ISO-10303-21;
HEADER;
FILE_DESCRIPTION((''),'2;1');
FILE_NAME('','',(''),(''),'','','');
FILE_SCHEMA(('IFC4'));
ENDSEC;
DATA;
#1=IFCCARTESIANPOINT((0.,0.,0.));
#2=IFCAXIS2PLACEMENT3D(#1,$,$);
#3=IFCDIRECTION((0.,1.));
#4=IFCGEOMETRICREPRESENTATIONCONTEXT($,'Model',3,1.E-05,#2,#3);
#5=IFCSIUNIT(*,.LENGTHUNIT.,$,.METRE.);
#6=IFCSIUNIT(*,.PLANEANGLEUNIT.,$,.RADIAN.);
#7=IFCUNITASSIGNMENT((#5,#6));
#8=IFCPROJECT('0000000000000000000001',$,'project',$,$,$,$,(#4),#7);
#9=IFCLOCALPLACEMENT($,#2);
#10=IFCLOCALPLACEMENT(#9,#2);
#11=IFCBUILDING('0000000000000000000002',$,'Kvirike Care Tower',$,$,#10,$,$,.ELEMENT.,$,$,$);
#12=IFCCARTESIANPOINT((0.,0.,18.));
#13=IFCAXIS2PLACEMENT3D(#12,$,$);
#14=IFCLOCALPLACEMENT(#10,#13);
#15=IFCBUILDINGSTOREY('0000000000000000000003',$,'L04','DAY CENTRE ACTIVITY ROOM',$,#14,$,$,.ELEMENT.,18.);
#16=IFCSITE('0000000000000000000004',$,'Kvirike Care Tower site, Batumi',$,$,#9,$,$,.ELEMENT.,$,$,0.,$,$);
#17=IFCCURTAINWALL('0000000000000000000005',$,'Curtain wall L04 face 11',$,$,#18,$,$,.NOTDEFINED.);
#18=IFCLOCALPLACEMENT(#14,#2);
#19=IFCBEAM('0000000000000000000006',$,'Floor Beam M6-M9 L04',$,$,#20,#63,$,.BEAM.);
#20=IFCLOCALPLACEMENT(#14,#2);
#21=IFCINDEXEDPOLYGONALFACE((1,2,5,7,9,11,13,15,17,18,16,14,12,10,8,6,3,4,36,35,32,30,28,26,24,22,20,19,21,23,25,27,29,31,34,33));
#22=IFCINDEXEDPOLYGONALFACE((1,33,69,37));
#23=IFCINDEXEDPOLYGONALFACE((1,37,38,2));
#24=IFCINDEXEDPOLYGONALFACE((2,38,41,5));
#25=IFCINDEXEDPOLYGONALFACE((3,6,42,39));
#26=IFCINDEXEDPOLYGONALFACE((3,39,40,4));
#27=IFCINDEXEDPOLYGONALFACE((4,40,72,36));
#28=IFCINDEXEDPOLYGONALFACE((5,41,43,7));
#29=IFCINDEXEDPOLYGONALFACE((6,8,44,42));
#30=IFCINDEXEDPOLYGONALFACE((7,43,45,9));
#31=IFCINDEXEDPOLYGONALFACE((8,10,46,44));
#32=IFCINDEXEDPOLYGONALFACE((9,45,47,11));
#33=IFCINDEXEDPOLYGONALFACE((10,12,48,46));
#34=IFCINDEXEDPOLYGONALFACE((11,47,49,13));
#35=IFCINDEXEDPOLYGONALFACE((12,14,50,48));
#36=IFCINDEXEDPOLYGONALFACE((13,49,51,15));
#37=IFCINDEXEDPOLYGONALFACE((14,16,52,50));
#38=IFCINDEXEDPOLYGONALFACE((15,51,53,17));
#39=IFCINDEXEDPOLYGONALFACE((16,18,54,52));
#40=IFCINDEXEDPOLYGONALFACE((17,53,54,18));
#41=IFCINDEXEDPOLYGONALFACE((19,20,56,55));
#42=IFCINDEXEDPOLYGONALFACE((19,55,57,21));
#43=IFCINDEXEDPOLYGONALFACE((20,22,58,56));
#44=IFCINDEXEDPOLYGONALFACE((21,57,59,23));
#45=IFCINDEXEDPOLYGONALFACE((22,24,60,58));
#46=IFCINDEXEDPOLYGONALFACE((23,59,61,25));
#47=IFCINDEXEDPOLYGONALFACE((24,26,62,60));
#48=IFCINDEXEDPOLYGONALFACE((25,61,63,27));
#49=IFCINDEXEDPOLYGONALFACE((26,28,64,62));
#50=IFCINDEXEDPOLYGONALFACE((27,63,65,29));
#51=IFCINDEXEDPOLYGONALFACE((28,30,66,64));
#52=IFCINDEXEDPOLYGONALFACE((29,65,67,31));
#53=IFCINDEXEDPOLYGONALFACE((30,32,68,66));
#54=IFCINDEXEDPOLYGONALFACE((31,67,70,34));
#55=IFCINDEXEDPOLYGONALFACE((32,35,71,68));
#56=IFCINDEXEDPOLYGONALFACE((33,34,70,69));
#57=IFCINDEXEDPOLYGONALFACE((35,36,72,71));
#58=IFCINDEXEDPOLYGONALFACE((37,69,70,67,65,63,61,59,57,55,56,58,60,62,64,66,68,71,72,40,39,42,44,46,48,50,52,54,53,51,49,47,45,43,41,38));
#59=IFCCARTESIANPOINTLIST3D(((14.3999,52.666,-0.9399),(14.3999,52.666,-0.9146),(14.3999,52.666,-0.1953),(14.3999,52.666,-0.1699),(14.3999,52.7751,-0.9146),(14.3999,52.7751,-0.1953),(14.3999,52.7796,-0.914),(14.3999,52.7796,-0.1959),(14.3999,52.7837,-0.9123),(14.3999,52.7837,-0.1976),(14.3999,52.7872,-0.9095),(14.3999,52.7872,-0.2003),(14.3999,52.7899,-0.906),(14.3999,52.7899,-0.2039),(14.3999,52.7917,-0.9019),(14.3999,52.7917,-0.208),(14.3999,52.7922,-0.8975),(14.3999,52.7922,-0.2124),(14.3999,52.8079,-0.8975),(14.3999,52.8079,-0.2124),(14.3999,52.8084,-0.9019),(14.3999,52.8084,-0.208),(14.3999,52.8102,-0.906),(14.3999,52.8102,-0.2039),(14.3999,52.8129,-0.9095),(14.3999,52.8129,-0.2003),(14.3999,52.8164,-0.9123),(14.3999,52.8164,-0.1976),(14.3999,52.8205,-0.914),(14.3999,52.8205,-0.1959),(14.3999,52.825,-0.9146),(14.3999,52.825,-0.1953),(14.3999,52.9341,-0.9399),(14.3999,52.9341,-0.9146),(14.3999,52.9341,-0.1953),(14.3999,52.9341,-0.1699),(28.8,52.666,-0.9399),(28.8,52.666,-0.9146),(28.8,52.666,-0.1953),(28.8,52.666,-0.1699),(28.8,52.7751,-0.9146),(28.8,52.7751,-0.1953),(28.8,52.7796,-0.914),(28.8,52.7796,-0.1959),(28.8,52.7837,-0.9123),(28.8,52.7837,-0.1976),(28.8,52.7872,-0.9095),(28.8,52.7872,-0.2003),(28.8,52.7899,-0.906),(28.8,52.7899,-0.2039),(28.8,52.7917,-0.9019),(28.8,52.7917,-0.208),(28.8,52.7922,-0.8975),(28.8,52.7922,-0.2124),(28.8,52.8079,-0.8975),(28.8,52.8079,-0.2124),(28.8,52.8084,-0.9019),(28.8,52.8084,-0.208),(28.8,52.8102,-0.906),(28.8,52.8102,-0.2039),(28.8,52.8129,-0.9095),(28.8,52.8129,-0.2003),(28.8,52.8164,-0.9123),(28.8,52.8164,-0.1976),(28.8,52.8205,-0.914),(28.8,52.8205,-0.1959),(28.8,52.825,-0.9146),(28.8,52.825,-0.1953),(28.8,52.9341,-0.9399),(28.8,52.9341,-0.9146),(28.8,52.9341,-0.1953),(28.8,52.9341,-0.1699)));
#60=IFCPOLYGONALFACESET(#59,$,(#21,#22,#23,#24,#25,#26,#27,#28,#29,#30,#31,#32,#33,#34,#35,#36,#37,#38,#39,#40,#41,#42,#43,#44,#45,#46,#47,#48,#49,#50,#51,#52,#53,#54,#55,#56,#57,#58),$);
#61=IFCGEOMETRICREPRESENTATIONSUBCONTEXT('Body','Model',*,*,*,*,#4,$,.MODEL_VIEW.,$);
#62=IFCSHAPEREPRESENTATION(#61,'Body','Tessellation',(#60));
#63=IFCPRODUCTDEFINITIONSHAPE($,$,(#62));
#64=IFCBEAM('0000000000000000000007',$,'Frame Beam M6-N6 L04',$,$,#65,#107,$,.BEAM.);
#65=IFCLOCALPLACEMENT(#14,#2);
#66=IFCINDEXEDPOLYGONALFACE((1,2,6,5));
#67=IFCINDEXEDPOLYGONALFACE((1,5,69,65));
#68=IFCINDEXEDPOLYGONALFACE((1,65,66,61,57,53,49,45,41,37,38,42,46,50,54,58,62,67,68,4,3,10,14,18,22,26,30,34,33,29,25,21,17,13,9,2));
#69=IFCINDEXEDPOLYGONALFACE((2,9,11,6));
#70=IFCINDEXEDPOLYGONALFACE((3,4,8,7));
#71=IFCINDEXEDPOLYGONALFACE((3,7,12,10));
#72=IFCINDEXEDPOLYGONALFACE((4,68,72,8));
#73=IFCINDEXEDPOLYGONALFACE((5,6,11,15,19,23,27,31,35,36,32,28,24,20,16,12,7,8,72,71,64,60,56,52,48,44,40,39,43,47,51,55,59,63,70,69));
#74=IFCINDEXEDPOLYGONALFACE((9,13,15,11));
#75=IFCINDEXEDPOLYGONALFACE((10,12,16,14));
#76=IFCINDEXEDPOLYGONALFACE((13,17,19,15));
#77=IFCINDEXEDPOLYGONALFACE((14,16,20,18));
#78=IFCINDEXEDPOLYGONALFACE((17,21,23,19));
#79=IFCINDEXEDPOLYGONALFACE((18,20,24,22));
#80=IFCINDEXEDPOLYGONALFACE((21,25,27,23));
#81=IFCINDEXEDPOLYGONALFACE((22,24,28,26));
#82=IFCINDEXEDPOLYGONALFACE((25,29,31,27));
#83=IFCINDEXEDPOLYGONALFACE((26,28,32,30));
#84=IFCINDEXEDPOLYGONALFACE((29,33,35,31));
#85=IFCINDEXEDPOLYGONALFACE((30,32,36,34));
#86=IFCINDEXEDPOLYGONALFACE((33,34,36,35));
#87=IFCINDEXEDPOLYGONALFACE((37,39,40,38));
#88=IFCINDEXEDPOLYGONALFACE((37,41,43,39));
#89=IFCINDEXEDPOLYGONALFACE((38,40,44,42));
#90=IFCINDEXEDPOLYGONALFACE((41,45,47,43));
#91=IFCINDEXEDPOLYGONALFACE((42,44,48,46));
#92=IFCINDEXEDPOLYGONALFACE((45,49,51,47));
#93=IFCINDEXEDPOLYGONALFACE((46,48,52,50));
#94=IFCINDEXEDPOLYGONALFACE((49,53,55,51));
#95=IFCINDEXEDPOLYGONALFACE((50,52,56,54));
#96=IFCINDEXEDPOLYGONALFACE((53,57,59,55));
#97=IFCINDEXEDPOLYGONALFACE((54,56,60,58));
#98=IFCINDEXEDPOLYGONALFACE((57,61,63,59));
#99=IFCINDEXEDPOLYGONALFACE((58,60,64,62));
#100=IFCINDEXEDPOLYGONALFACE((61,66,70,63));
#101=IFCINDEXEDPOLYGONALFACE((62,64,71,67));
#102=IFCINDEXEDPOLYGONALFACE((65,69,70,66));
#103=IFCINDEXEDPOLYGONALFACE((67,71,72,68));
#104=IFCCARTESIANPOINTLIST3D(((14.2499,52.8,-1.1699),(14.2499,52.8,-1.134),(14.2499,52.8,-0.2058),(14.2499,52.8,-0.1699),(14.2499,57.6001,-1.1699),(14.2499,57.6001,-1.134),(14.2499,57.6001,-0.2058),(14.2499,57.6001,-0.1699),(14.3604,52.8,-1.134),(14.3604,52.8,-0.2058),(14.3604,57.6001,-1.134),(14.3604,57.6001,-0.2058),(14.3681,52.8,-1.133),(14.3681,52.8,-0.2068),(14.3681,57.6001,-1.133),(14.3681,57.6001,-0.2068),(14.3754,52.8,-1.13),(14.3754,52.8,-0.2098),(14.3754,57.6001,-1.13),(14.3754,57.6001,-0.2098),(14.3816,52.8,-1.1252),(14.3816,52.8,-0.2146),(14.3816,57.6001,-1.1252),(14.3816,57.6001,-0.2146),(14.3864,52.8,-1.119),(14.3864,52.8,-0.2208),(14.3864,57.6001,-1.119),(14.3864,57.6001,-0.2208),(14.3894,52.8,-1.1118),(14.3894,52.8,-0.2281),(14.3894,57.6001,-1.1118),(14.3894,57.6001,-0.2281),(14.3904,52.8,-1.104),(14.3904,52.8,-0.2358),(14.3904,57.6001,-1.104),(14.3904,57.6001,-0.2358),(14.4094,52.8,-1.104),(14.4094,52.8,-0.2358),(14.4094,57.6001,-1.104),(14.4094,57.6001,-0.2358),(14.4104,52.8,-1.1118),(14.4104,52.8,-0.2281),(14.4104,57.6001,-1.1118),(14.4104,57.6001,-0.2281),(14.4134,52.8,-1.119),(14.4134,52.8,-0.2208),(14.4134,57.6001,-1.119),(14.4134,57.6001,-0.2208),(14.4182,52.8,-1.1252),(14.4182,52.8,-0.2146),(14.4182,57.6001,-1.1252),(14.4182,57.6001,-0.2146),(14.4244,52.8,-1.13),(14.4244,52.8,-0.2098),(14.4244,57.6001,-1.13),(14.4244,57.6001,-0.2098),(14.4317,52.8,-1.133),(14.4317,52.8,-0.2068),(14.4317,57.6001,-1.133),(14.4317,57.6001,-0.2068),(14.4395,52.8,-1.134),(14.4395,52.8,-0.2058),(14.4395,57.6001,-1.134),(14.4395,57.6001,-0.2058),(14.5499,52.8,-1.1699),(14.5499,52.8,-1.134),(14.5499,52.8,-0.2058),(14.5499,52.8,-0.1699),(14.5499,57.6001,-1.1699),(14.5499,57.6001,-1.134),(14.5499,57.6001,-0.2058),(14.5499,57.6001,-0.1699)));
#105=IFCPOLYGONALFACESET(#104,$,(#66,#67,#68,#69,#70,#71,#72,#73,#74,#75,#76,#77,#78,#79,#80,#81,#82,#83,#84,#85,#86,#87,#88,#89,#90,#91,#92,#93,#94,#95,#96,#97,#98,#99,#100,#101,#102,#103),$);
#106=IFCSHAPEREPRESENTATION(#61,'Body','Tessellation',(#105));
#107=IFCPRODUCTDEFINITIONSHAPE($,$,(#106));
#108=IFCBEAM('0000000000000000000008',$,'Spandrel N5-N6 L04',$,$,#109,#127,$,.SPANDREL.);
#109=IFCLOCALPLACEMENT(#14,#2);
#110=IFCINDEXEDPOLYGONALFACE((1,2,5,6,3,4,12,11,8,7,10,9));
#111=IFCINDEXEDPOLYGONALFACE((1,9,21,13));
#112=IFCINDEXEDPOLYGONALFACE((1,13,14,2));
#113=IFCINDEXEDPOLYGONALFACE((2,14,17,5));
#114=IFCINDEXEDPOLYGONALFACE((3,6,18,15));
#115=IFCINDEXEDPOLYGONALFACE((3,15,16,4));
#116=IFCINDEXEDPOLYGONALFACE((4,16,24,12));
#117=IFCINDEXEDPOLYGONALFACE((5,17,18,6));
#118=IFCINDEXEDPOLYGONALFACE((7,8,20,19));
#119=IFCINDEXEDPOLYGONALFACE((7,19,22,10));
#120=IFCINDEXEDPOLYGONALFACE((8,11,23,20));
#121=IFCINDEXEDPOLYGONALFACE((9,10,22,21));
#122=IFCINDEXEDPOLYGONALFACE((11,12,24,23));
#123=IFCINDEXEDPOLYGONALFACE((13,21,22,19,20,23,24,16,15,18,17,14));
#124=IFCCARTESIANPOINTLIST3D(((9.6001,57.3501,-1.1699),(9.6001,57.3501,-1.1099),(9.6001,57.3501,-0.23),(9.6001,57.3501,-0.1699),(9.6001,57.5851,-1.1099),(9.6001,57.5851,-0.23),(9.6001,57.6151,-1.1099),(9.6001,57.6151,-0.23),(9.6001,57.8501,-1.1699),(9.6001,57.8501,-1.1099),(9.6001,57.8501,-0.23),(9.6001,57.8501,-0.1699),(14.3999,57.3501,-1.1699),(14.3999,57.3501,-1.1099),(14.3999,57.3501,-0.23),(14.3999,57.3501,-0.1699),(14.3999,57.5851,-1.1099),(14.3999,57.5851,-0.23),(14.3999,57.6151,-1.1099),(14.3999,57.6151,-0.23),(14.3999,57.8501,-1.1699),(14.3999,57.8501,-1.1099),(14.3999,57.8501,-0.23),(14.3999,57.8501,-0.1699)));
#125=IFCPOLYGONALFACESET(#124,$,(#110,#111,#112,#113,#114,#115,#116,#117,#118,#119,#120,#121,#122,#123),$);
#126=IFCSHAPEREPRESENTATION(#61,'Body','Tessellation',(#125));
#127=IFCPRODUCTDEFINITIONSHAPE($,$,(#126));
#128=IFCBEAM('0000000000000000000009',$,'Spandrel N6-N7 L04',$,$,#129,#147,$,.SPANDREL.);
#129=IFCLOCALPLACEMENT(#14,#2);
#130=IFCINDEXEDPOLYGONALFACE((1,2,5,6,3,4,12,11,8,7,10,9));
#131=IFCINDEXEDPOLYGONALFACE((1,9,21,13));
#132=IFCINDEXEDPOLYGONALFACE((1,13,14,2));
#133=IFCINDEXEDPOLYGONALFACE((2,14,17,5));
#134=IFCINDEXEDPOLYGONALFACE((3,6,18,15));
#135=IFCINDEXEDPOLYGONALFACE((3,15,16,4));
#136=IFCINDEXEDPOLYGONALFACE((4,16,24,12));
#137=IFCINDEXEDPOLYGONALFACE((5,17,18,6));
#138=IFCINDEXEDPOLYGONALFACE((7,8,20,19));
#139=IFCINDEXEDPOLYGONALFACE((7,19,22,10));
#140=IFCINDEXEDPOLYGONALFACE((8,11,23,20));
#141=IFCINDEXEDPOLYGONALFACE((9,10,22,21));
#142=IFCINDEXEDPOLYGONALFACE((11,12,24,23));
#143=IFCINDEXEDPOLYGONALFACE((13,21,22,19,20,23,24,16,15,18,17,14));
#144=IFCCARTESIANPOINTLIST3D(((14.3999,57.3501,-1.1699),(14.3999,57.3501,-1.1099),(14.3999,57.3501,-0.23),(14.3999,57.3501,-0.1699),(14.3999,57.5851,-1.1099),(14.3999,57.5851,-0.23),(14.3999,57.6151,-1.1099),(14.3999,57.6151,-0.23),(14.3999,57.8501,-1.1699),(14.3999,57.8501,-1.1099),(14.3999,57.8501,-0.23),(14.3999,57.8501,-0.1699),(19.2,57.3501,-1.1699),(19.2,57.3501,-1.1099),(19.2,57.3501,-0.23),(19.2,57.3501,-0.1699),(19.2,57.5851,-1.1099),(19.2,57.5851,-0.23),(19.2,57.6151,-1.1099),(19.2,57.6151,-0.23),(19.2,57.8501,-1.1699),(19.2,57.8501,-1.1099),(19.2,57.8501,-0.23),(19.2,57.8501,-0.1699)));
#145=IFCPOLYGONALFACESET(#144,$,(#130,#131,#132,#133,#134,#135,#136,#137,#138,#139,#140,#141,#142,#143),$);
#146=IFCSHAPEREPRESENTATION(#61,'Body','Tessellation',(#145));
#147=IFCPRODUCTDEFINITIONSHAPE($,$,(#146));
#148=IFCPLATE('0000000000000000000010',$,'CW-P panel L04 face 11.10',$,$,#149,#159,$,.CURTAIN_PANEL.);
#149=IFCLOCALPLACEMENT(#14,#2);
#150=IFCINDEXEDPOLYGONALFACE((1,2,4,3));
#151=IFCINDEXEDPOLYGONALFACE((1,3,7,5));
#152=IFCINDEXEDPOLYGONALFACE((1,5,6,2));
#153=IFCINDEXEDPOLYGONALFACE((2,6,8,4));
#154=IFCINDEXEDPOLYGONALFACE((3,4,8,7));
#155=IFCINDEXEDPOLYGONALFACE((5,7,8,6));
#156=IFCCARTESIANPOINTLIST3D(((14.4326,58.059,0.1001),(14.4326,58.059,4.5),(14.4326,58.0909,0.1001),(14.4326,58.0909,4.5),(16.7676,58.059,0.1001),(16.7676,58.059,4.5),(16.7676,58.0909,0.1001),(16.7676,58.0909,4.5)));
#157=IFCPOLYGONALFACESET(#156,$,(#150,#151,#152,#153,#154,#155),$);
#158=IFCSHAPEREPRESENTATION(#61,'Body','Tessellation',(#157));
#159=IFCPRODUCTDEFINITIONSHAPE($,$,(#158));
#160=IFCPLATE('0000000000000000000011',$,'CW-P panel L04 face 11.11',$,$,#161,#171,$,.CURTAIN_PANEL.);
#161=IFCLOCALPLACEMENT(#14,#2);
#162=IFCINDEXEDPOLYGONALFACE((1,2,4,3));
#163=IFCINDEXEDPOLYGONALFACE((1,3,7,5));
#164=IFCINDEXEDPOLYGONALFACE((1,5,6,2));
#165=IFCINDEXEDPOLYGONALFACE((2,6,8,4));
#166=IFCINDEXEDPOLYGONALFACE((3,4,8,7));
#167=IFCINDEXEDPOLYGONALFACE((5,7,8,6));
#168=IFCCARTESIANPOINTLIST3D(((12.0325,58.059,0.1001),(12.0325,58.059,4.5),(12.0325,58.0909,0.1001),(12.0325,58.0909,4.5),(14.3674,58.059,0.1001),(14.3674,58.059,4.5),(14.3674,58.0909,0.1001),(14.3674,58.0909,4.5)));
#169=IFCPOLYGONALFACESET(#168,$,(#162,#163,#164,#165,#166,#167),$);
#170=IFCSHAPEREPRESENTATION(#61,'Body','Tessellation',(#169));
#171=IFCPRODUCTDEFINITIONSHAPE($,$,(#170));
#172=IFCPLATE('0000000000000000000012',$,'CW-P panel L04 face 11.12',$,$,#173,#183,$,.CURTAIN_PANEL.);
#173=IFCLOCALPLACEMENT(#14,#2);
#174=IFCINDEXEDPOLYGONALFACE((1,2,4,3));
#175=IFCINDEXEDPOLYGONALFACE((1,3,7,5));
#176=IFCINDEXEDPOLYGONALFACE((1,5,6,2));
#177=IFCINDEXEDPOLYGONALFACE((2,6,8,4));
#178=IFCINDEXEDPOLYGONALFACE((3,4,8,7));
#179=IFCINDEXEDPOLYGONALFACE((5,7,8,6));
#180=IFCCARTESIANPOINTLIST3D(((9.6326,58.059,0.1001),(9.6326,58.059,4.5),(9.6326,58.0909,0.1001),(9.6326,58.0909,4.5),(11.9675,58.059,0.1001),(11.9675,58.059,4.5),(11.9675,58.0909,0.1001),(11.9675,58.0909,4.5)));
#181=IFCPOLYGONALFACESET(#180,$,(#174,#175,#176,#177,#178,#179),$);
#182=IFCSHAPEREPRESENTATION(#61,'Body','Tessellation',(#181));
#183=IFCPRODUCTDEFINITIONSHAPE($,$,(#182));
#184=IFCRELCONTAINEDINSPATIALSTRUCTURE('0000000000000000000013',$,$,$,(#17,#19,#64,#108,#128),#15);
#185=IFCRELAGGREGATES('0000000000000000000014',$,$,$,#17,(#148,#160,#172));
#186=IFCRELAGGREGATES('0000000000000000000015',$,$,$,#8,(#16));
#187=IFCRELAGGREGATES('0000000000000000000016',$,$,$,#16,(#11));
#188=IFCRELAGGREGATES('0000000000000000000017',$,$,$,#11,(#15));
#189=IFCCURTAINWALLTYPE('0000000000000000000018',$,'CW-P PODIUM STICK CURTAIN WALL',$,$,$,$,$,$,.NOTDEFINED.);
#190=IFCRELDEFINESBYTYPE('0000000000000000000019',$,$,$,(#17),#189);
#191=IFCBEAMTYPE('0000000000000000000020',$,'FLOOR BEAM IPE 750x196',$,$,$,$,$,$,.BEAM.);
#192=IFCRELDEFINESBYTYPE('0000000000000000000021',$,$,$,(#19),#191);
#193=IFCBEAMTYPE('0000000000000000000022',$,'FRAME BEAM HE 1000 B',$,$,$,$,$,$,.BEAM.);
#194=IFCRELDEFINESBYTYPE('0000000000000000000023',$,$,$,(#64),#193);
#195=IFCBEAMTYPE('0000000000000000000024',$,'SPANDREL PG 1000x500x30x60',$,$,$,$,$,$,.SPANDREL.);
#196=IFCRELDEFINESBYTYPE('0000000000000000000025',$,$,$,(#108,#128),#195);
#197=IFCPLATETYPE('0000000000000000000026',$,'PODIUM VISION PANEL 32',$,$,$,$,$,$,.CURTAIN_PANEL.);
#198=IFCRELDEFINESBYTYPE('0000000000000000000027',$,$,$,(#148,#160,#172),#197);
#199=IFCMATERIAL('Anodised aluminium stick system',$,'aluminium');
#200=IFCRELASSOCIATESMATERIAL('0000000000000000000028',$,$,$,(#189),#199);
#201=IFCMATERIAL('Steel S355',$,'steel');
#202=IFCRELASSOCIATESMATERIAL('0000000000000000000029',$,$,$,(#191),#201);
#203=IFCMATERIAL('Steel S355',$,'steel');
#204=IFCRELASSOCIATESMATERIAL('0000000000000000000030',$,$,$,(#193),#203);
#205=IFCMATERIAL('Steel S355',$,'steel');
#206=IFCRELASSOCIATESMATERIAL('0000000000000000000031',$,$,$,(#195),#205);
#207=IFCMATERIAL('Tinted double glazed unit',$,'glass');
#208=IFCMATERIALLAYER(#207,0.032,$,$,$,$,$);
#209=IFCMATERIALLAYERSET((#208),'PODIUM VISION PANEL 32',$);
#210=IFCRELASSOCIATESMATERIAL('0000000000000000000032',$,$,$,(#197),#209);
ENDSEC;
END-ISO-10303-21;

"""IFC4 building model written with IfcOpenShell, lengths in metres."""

from ifc_helpers import new_model, si_unit, direction, frame, origin, origin_2d, place, context, subcontext, project, spatial, rectangle, i_section, extrude, material, layer, layer_set, material_profile, profile_set, type_object, element, aggregate, save


model = new_model("IFC4")

# Units and contexts
model_context = context("Model", 3, precision=1e-05, world=origin(), true_north=direction((0.0, 1.0)))
body_context = subcontext(model_context, "Body", "Model", "MODEL_VIEW")
ifc_project = project(units=[si_unit("LENGTHUNIT", "METRE"), si_unit("PLANEANGLEUNIT", "RADIAN")], contexts=[model_context])

# Site, building, storey
site_placement = place(None, origin())
site = spatial("IfcSite", under=ifc_project, at=site_placement, Name="Kvirike Care Tower site, Batumi", CompositionType="ELEMENT", RefElevation=0.0)
building_placement = place(site_placement, origin())
building = spatial("IfcBuilding", under=site, at=building_placement, Name="Kvirike Care Tower", CompositionType="ELEMENT")
storey_placement = place(building_placement, frame((0.0, 0.0, 18.0)))
storey = spatial("IfcBuildingStorey", under=building, at=storey_placement, Name="L04", Description="DAY CENTRE ACTIVITY ROOM", CompositionType="ELEMENT", Elevation=18.0)

# Curtain wall
ifc_material_1 = material(Name="Anodised aluminium stick system", Category="aluminium")
curtain_wall_type = type_object("IfcCurtainWallType", Name="CW-P PODIUM STICK CURTAIN WALL", PredefinedType="NOTDEFINED", material=ifc_material_1)
curtain_wall_placement = place(storey_placement, origin())
curtain_wall = element("IfcCurtainWall", 1, at=curtain_wall_placement, inside=storey, type_object=curtain_wall_type, Name="Curtain wall L04 face 11", PredefinedType="NOTDEFINED")

# Beams
ifc_material_2 = material(Name="Steel S355", Category="steel")
ifc_material_profile_1 = material_profile(ifc_material_2, i_section(OverallWidth=0.2681, OverallDepth=0.77, WebThickness=0.0156, FlangeThickness=0.0254, FilletRadius=0.0171, at=origin_2d()), Name="IPE 750x196")
ifc_profile_set_1 = profile_set([ifc_material_profile_1], Name="Steel S355")
beam_type_1 = type_object("IfcBeamType", Name="FLOOR BEAM IPE 750x196", PredefinedType="BEAM", material=ifc_profile_set_1)
beam_1_placement = place(storey_placement, frame((14.3999, 52.8, -0.5549), z_axis=(1.0, 0.0, 0.0), x_axis=(0.0, 1.0, 0.0)))
element("IfcBeam", 2, at=beam_1_placement, inside=storey, type_object=beam_type_1, Name="Floor Beam M6-M9 L04", PredefinedType="BEAM", context=body_context, shape_type="SweptSolid", body=[
    extrude(i_section(OverallWidth=0.2681, OverallDepth=0.77, WebThickness=0.0156, FlangeThickness=0.0254, FilletRadius=0.0171, at=origin_2d()), origin(), (0.0, 0.0, 1.0), 14.4001),
])
ifc_material_3 = material(Name="Steel S355", Category="steel")
ifc_material_profile_2 = material_profile(ifc_material_3, i_section(OverallWidth=0.3, OverallDepth=1.0, WebThickness=0.019, FlangeThickness=0.0359, FilletRadius=0.03, at=origin_2d()), Name="HE 1000 B")
ifc_profile_set_2 = profile_set([ifc_material_profile_2], Name="Steel S355")
beam_type_2 = type_object("IfcBeamType", Name="FRAME BEAM HE 1000 B", PredefinedType="BEAM", material=ifc_profile_set_2)
beam_2_placement = place(storey_placement, frame((14.3999, 52.8, -0.6699), z_axis=(0.0, 1.0, 0.0), x_axis=(-1.0, 0.0, 0.0)))
element("IfcBeam", 3, at=beam_2_placement, inside=storey, type_object=beam_type_2, Name="Frame Beam M6-N6 L04", PredefinedType="BEAM", context=body_context, shape_type="SweptSolid", body=[
    extrude(i_section(OverallWidth=0.3, OverallDepth=1.0, WebThickness=0.019, FlangeThickness=0.0359, FilletRadius=0.03, at=origin_2d()), origin(), (0.0, 0.0, 1.0), 4.8),
])
ifc_material_4 = material(Name="Steel S355", Category="steel")
ifc_material_profile_3 = material_profile(ifc_material_4, i_section(OverallWidth=0.5, OverallDepth=1.0, WebThickness=0.03, FlangeThickness=0.0601, at=origin_2d()), Name="PG 1000x500x30x60")
ifc_profile_set_3 = profile_set([ifc_material_profile_3], Name="Steel S355")
beam_type_3 = type_object("IfcBeamType", Name="SPANDREL PG 1000x500x30x60", PredefinedType="SPANDREL", material=ifc_profile_set_3)
beam_3_placement = place(storey_placement, frame((9.6001, 57.6001, -0.6699), z_axis=(1.0, 0.0, 0.0), x_axis=(0.0, 1.0, 0.0)))
element("IfcBeam", 4, at=beam_3_placement, inside=storey, type_object=beam_type_3, Name="Spandrel N5-N6 L04", PredefinedType="SPANDREL", context=body_context, shape_type="SweptSolid", body=[
    extrude(i_section(OverallWidth=0.5, OverallDepth=1.0, WebThickness=0.03, FlangeThickness=0.0601, at=origin_2d()), origin(), (0.0, 0.0, 1.0), 4.7998),
])
beam_4_placement = place(storey_placement, frame((14.3999, 57.6001, -0.6699), z_axis=(1.0, 0.0, 0.0), x_axis=(0.0, 1.0, 0.0)))
element("IfcBeam", 5, at=beam_4_placement, inside=storey, type_object=beam_type_3, Name="Spandrel N6-N7 L04", PredefinedType="SPANDREL", context=body_context, shape_type="SweptSolid", body=[
    extrude(i_section(OverallWidth=0.5, OverallDepth=1.0, WebThickness=0.03, FlangeThickness=0.0601, at=origin_2d()), origin(), (0.0, 0.0, 1.0), 4.8),
])

# Plates
ifc_material_5 = material(Name="Tinted double glazed unit", Category="glass")
ifc_layer_1 = layer(ifc_material_5, 0.032)
ifc_layer_set_1 = layer_set([ifc_layer_1], Name="PODIUM VISION PANEL 32")
plate_type = type_object("IfcPlateType", Name="PODIUM VISION PANEL 32", PredefinedType="CURTAIN_PANEL", material=ifc_layer_set_1)
plate_1_placement = place(storey_placement, frame((15.6001, 58.075, 0.1001), z_axis=(0.0, 0.0, 1.0), x_axis=(-1.0, 0.0, 0.0)))
plate_1 = element("IfcPlate", 6, at=plate_1_placement, type_object=plate_type, Name="CW-P panel L04 face 11.10", PredefinedType="CURTAIN_PANEL", context=body_context, shape_type="SweptSolid", body=[
    extrude(rectangle(XDim=2.335, YDim=0.032, at=origin_2d()), origin(), (0.0, 0.0, 1.0), 4.3999),
])
plate_2_placement = place(storey_placement, frame((13.2, 58.075, 0.1001), z_axis=(0.0, 0.0, 1.0), x_axis=(-1.0, 0.0, 0.0)))
plate_2 = element("IfcPlate", 7, at=plate_2_placement, type_object=plate_type, Name="CW-P panel L04 face 11.11", PredefinedType="CURTAIN_PANEL", context=body_context, shape_type="SweptSolid", body=[
    extrude(rectangle(XDim=2.335, YDim=0.032, at=origin_2d()), origin(), (0.0, 0.0, 1.0), 4.3999),
])
plate_3_placement = place(storey_placement, frame((10.8, 58.075, 0.1001), z_axis=(0.0, 0.0, 1.0), x_axis=(-1.0, 0.0, 0.0)))
plate_3 = element("IfcPlate", 8, at=plate_3_placement, type_object=plate_type, Name="CW-P panel L04 face 11.12", PredefinedType="CURTAIN_PANEL", context=body_context, shape_type="SweptSolid", body=[
    extrude(rectangle(XDim=2.335, YDim=0.032, at=origin_2d()), origin(), (0.0, 0.0, 1.0), 4.3999),
])
aggregate(curtain_wall, [plate_1, plate_2, plate_3])

save(model, "model.ifc")
